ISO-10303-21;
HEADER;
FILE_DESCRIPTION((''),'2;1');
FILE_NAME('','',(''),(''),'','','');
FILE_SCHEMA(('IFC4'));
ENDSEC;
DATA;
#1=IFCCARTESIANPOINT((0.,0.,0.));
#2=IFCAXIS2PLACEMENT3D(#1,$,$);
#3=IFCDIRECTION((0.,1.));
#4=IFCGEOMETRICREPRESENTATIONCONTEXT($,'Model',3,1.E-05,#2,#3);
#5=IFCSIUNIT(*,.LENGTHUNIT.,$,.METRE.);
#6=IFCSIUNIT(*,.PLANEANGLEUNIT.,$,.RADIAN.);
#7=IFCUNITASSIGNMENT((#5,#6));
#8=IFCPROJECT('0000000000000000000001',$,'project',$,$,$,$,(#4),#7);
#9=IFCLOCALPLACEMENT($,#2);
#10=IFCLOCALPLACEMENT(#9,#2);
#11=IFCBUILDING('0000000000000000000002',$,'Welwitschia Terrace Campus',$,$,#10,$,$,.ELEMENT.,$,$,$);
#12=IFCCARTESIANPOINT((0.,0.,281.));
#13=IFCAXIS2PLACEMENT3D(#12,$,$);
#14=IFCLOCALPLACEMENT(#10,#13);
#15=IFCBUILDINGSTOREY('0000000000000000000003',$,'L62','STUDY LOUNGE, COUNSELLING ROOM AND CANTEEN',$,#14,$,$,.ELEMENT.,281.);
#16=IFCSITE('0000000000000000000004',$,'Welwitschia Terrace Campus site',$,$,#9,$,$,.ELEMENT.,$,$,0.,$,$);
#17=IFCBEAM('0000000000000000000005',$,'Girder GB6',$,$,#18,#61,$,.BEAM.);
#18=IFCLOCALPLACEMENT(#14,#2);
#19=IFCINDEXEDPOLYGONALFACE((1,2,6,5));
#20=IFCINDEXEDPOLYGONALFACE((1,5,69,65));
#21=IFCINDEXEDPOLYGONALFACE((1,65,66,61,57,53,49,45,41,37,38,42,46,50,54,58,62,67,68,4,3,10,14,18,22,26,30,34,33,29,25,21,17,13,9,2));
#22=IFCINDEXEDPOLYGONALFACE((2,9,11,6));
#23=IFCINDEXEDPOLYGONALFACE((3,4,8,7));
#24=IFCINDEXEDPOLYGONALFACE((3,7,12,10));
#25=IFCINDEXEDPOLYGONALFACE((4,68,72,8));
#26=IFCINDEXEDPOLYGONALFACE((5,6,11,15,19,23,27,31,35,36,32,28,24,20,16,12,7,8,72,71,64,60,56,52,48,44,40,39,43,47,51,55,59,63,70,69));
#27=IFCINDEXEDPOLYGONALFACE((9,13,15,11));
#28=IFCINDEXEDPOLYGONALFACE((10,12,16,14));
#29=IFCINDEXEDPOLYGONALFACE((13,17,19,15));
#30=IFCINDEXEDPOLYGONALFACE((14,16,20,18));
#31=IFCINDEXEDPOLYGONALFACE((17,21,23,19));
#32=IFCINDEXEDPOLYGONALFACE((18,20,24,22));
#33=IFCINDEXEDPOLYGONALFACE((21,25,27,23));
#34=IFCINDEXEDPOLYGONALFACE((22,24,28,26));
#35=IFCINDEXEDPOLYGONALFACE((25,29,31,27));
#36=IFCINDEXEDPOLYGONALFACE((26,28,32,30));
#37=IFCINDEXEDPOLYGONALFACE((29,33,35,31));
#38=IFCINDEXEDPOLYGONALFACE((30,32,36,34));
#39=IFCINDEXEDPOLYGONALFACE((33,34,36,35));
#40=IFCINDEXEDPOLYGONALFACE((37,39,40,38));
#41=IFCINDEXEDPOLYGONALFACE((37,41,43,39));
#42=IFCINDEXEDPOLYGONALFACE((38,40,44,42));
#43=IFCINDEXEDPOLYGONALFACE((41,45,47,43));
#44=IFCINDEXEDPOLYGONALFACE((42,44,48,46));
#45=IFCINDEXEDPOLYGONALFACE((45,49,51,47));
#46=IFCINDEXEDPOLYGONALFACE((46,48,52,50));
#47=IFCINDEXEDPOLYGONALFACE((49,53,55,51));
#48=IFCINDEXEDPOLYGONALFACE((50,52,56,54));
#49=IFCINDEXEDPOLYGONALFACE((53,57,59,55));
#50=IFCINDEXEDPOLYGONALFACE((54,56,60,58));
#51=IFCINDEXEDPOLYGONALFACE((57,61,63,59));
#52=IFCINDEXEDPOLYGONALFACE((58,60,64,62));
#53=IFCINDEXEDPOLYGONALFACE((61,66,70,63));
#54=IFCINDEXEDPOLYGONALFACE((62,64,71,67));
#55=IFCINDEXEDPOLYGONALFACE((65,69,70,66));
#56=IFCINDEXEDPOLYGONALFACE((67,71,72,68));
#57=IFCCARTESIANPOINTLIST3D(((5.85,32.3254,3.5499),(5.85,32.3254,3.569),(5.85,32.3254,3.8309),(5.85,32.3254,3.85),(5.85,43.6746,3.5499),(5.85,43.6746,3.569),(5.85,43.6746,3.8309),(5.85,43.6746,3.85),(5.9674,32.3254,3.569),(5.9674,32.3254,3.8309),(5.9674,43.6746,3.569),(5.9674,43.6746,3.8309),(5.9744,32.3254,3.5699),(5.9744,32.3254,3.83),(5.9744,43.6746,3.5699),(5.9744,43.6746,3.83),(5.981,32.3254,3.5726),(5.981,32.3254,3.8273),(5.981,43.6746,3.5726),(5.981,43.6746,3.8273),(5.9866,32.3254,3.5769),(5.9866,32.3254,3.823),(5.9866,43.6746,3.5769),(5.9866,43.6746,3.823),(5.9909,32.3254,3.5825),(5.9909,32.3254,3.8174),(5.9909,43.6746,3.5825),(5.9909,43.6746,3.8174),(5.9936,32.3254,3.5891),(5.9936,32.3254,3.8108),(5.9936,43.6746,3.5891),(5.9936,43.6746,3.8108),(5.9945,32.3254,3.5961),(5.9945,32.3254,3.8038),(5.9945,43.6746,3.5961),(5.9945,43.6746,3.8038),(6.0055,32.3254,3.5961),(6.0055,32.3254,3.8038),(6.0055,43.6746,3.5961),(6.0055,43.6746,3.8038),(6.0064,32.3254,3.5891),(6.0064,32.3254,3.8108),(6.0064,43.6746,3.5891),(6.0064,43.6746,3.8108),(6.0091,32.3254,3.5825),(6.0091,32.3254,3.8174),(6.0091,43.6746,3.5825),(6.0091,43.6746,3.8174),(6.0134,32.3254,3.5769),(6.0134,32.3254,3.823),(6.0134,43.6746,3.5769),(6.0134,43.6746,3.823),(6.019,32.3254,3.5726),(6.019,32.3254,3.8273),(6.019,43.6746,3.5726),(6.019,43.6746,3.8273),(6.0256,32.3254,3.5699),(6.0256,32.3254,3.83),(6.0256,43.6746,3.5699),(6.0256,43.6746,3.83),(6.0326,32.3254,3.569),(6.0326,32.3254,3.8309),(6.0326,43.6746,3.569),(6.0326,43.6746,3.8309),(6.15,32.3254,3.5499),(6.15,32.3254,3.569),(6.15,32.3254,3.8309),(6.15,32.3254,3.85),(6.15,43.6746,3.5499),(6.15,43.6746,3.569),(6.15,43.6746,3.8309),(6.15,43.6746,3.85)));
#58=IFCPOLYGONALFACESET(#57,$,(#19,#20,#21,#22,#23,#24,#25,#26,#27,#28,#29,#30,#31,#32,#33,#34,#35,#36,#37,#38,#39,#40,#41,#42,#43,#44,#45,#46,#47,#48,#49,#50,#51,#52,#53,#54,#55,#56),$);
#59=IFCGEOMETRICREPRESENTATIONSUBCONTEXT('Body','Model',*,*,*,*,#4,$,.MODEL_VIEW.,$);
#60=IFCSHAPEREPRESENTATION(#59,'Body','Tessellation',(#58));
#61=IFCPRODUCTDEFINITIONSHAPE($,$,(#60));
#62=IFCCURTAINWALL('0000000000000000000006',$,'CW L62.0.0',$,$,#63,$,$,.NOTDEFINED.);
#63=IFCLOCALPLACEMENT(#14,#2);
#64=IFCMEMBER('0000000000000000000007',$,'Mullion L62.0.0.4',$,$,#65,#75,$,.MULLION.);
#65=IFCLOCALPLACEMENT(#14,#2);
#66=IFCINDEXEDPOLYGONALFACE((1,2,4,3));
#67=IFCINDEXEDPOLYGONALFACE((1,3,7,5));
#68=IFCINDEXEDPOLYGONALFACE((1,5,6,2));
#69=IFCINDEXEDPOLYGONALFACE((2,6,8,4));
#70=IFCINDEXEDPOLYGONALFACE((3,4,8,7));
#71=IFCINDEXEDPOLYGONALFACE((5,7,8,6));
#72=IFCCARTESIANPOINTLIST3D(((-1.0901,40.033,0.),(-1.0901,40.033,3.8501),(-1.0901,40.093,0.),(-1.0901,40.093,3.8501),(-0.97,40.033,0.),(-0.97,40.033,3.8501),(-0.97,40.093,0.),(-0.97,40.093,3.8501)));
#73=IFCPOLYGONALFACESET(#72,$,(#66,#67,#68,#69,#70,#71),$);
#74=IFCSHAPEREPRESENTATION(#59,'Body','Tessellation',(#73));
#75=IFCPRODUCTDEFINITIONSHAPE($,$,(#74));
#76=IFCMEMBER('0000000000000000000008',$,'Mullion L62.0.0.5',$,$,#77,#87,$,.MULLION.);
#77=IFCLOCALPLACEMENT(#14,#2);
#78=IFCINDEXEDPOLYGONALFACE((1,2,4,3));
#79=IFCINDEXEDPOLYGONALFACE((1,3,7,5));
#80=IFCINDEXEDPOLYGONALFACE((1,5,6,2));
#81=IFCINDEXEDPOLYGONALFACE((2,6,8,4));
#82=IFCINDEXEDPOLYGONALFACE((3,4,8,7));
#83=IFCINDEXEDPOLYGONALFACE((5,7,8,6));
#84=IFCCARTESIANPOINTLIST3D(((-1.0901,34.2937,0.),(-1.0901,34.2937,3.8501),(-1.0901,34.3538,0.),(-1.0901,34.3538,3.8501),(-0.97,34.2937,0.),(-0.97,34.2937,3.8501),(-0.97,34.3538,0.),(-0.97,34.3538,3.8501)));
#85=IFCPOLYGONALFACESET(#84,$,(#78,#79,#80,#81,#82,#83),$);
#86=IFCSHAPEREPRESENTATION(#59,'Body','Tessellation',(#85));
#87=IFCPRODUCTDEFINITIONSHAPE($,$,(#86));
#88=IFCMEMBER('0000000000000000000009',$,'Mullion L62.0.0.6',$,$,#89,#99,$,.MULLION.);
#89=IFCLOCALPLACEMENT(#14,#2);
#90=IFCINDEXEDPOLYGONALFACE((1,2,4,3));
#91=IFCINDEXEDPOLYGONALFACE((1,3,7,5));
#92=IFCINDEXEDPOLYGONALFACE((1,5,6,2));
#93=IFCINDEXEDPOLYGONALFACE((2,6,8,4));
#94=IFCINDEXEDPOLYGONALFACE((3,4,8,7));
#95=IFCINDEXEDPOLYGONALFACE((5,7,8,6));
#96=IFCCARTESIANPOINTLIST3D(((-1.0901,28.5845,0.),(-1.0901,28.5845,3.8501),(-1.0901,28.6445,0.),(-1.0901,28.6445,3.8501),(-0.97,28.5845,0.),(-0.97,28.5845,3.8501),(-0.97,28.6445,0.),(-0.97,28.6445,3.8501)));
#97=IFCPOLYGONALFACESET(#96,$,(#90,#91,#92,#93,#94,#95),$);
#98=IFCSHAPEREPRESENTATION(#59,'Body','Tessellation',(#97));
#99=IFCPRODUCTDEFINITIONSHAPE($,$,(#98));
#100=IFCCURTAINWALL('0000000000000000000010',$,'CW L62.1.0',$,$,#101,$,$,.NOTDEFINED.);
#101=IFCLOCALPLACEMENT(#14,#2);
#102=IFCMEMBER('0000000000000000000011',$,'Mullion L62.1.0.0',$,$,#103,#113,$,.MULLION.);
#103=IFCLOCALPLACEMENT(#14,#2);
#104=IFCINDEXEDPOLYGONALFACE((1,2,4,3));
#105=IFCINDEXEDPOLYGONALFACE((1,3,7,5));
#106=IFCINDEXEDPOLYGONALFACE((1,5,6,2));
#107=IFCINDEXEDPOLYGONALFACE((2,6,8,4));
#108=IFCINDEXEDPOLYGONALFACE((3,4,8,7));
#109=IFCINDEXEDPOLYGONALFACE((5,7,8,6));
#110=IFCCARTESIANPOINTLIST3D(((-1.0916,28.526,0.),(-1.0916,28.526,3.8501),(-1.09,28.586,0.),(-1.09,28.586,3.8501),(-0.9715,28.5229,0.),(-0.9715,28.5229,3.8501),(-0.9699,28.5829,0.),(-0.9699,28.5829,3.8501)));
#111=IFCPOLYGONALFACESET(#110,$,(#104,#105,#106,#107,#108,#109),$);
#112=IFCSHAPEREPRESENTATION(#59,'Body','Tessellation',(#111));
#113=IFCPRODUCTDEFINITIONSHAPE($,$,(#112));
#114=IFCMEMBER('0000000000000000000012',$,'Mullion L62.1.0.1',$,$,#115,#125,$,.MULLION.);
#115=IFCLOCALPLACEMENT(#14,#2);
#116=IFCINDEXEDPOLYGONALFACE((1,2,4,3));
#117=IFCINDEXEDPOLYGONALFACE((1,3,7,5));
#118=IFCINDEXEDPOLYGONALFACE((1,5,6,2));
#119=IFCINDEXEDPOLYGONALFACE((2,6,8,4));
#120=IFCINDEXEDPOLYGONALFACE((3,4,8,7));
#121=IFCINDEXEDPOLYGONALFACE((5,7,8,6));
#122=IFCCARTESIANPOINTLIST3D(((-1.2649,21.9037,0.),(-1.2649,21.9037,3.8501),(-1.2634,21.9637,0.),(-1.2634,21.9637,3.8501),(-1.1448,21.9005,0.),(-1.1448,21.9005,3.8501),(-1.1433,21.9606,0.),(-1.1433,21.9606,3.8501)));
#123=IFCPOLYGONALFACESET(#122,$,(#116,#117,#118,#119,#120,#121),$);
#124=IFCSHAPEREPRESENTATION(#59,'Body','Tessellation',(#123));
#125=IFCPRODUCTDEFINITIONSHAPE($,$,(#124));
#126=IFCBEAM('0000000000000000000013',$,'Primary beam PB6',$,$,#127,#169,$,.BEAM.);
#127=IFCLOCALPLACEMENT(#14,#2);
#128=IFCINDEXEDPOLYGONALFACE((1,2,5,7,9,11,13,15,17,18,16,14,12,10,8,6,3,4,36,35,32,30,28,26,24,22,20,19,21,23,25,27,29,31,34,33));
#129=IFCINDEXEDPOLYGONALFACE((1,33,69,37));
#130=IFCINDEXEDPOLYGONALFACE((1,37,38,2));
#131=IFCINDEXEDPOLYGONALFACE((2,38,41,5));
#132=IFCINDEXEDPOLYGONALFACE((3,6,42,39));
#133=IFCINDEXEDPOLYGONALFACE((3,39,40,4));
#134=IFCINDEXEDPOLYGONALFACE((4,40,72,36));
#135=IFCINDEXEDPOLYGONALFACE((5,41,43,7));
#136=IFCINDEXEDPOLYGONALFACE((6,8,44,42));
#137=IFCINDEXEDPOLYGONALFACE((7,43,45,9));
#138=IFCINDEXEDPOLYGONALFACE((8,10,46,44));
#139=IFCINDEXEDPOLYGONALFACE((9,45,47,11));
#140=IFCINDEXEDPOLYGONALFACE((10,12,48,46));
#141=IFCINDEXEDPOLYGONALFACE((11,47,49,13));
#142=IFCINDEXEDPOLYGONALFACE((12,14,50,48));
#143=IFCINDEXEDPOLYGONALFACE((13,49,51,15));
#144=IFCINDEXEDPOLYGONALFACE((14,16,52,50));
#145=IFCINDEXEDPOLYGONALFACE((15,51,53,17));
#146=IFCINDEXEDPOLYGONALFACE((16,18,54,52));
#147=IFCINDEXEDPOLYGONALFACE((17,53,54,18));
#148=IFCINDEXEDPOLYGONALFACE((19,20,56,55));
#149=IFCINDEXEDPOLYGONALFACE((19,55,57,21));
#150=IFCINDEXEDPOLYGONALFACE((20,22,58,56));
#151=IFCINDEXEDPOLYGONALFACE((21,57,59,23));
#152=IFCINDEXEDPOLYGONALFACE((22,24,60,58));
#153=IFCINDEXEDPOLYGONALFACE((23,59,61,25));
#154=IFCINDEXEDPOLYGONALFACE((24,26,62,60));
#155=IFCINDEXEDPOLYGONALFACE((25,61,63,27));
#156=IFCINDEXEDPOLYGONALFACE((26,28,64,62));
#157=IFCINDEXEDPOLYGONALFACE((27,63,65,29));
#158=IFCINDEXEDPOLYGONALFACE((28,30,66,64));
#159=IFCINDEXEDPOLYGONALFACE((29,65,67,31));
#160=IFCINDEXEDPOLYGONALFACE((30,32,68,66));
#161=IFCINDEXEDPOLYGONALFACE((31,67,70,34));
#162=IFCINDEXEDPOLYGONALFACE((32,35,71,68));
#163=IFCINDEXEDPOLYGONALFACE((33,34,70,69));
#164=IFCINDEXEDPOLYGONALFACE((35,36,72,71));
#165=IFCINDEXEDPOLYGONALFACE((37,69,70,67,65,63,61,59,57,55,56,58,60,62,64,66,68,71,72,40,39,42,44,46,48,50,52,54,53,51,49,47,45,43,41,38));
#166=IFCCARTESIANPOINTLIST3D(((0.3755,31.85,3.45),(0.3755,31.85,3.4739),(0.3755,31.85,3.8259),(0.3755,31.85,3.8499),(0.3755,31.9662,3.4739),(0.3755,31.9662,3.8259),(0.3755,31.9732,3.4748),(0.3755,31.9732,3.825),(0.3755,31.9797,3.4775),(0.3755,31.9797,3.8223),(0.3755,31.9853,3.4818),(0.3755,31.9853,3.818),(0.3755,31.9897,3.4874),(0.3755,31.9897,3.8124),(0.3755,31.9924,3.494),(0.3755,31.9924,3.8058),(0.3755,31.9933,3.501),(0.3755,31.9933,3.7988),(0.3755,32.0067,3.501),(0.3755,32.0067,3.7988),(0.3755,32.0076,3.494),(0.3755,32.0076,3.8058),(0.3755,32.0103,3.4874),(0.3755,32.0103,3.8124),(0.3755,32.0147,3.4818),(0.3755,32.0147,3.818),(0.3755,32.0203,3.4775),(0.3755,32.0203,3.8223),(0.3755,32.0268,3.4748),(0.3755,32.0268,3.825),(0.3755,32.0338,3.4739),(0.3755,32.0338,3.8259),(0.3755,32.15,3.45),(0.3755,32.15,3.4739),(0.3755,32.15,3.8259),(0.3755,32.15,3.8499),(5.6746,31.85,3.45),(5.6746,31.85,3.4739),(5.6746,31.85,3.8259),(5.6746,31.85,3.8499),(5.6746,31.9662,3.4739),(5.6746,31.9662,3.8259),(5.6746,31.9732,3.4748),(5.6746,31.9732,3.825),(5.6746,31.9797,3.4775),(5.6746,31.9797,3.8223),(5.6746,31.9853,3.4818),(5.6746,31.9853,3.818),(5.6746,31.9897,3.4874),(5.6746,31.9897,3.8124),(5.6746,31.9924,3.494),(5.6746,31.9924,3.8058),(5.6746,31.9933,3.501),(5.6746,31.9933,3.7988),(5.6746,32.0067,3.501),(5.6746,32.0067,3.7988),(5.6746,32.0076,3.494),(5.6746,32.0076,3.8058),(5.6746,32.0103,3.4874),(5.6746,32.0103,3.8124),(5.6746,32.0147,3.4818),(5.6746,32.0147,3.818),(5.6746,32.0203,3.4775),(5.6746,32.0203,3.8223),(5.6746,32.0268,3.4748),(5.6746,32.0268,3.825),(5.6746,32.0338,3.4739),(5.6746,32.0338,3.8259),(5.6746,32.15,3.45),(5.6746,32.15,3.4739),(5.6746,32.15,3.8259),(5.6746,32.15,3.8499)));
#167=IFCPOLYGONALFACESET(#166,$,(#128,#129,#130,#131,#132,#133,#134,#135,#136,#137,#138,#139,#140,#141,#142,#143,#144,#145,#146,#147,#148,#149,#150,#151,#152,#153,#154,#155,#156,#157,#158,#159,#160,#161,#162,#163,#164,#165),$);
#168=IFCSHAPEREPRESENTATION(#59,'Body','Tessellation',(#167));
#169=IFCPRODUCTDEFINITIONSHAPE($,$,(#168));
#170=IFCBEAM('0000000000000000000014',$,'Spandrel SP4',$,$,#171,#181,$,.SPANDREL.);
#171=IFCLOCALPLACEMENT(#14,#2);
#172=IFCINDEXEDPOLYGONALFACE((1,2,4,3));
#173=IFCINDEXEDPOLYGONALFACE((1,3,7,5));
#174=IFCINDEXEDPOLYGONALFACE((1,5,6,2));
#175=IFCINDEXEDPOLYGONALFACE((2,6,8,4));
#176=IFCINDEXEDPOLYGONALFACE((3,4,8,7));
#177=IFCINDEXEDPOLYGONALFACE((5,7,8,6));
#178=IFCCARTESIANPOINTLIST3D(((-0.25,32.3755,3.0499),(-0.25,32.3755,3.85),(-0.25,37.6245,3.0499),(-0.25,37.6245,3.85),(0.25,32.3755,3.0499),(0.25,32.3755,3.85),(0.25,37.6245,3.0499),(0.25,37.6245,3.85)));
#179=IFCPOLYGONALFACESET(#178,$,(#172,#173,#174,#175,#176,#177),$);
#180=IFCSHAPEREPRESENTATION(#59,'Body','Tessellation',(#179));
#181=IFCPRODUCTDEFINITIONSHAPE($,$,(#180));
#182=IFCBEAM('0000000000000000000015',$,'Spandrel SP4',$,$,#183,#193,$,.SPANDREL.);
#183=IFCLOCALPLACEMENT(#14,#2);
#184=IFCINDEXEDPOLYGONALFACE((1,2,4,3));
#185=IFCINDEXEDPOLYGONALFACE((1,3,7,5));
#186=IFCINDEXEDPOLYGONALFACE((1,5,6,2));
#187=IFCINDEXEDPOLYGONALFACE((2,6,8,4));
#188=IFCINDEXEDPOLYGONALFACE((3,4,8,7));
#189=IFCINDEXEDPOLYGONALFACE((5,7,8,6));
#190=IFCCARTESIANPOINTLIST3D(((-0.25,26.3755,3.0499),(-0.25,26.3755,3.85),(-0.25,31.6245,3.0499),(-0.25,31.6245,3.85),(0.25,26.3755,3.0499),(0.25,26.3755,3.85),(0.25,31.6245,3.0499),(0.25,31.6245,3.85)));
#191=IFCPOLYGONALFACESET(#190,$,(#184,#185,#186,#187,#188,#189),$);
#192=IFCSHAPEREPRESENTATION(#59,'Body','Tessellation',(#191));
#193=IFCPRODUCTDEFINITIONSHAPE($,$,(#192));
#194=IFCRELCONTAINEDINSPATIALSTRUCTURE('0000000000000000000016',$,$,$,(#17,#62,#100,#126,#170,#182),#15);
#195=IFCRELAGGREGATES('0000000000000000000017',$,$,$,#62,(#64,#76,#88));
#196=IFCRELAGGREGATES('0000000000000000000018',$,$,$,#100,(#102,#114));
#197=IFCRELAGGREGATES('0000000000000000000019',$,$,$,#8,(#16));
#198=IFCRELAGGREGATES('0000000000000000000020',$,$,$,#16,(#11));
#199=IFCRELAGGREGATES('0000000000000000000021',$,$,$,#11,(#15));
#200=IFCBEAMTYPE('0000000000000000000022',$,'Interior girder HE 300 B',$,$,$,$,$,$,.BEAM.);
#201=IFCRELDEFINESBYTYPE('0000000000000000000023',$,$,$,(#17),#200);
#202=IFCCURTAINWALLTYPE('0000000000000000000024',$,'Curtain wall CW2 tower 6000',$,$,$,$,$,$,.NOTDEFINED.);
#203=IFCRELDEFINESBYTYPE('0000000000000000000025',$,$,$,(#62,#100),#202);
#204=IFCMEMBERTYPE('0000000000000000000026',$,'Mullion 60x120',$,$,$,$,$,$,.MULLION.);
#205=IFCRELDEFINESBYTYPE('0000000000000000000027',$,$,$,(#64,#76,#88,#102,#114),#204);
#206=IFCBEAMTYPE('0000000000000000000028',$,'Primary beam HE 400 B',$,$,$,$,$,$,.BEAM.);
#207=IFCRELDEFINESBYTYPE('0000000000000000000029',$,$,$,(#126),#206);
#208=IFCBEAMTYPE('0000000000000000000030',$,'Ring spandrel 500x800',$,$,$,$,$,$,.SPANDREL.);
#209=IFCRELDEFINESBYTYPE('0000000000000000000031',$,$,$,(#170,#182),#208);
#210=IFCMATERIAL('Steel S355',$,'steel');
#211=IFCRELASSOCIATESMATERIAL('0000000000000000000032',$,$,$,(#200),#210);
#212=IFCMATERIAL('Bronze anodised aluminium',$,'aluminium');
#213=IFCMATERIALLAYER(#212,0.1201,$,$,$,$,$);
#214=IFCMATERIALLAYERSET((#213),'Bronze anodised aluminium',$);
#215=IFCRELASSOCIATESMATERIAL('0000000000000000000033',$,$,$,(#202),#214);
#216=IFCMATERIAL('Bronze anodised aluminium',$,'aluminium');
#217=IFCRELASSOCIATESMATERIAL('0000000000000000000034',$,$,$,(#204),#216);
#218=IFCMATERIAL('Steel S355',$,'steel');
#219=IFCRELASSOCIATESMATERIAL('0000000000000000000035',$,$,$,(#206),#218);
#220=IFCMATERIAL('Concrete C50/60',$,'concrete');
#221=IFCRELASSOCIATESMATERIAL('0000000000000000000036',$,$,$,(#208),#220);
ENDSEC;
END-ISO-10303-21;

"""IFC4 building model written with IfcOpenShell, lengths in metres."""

from ifc_helpers import new_model, si_unit, direction, frame, origin, origin_2d, place, context, subcontext, project, spatial, rectangle, i_section, extrude, material, layer, layer_set, material_profile, profile_set, type_object, element, aggregate, save


model = new_model("IFC4")

# Units and contexts
model_context = context("Model", 3, precision=1e-05, world=origin(), true_north=direction((0.0, 1.0)))
body_context = subcontext(model_context, "Body", "Model", "MODEL_VIEW")
ifc_project = project(units=[si_unit("LENGTHUNIT", "METRE"), si_unit("PLANEANGLEUNIT", "RADIAN")], contexts=[model_context])

# Site, building, storey
site_placement = place(None, origin())
site = spatial("IfcSite", under=ifc_project, at=site_placement, Name="Welwitschia Terrace Campus site", CompositionType="ELEMENT", RefElevation=0.0)
building_placement = place(site_placement, origin())
building = spatial("IfcBuilding", under=site, at=building_placement, Name="Welwitschia Terrace Campus", CompositionType="ELEMENT")
storey_placement = place(building_placement, frame((0.0, 0.0, 281.0)))
storey = spatial("IfcBuildingStorey", under=building, at=storey_placement, Name="L62", Description="STUDY LOUNGE, COUNSELLING ROOM AND CANTEEN", CompositionType="ELEMENT", Elevation=281.0)

# Beam
ifc_material_1 = material(Name="Steel S355", Category="steel")
ifc_material_profile_1 = material_profile(ifc_material_1, i_section(OverallWidth=0.3, OverallDepth=0.3, WebThickness=0.011, FlangeThickness=0.019, FilletRadius=0.0271, at=origin_2d()))
ifc_profile_set_1 = profile_set([ifc_material_profile_1], Name="Steel S355")
beam_type_1 = type_object("IfcBeamType", Name="Interior girder HE 300 B", PredefinedType="BEAM", material=ifc_profile_set_1)
beam_1_placement = place(storey_placement, frame((6.0, 32.3254, 3.7), z_axis=(0.0, 1.0, 0.0), x_axis=(-1.0, 0.0, 0.0)))
element("IfcBeam", 1, at=beam_1_placement, inside=storey, type_object=beam_type_1, Name="Girder GB6", PredefinedType="BEAM", context=body_context, shape_type="SweptSolid", body=[
    extrude(i_section(OverallWidth=0.3, OverallDepth=0.3, WebThickness=0.011, FlangeThickness=0.019, FilletRadius=0.0271, at=origin_2d()), origin(), (0.0, 0.0, 1.0), 11.3491),
])

# Curtain walls, members
ifc_material_2 = material(Name="Bronze anodised aluminium", Category="aluminium")
ifc_layer_1 = layer(ifc_material_2, 0.1201)
ifc_layer_set_1 = layer_set([ifc_layer_1], Name="Bronze anodised aluminium")
curtain_wall_type = type_object("IfcCurtainWallType", Name="Curtain wall CW2 tower 6000", PredefinedType="NOTDEFINED", material=ifc_layer_set_1)
curtain_wall_1_placement = place(storey_placement, origin())
curtain_wall_1 = element("IfcCurtainWall", 2, at=curtain_wall_1_placement, inside=storey, type_object=curtain_wall_type, Name="CW L62.0.0", PredefinedType="NOTDEFINED")
ifc_material_3 = material(Name="Bronze anodised aluminium", Category="aluminium")
ifc_material_profile_2 = material_profile(ifc_material_3, rectangle(XDim=0.1201, YDim=0.0601, at=origin_2d()))
ifc_profile_set_2 = profile_set([ifc_material_profile_2], Name="Bronze anodised aluminium")
member_type_1 = type_object("IfcMemberType", Name="Mullion 60x120", PredefinedType="MULLION", material=ifc_profile_set_2)
member_1_placement = place(storey_placement, frame((-1.03, 40.063, 0.0), z_axis=(0.0, 0.0, 1.0), x_axis=(1.0, 0.0, 0.0)))
member_1 = element("IfcMember", 3, at=member_1_placement, type_object=member_type_1, Name="Mullion L62.0.0.4", PredefinedType="MULLION", context=body_context, shape_type="SweptSolid", body=[
    extrude(rectangle(XDim=0.1201, YDim=0.0601, at=origin_2d()), origin(), (0.0, 0.0, 1.0), 3.8501),
])
member_2_placement = place(storey_placement, frame((-1.03, 34.3237, 0.0), z_axis=(0.0, 0.0, 1.0), x_axis=(1.0, 0.0, 0.0)))
member_2 = element("IfcMember", 4, at=member_2_placement, type_object=member_type_1, Name="Mullion L62.0.0.5", PredefinedType="MULLION", context=body_context, shape_type="SweptSolid", body=[
    extrude(rectangle(XDim=0.1201, YDim=0.0601, at=origin_2d()), origin(), (0.0, 0.0, 1.0), 3.8501),
])
member_3_placement = place(storey_placement, frame((-1.03, 28.6145, 0.0), z_axis=(0.0, 0.0, 1.0), x_axis=(1.0, 0.0, 0.0)))
member_3 = element("IfcMember", 5, at=member_3_placement, type_object=member_type_1, Name="Mullion L62.0.0.6", PredefinedType="MULLION", context=body_context, shape_type="SweptSolid", body=[
    extrude(rectangle(XDim=0.1201, YDim=0.0601, at=origin_2d()), origin(), (0.0, 0.0, 1.0), 3.8501),
])
curtain_wall_2_placement = place(storey_placement, origin())
curtain_wall_2 = element("IfcCurtainWall", 6, at=curtain_wall_2_placement, inside=storey, type_object=curtain_wall_type, Name="CW L62.1.0", PredefinedType="NOTDEFINED")
member_4_placement = place(storey_placement, frame((-1.0308, 28.5544, 0.0), z_axis=(0.0, 0.0, 1.0), x_axis=(0.999657, -0.026177, 0.0)))
member_4 = element("IfcMember", 7, at=member_4_placement, type_object=member_type_1, Name="Mullion L62.1.0.0", PredefinedType="MULLION", context=body_context, shape_type="SweptSolid", body=[
    extrude(rectangle(XDim=0.1201, YDim=0.0601, at=origin_2d()), origin(), (0.0, 0.0, 1.0), 3.8501),
])
member_5_placement = place(storey_placement, frame((-1.2041, 21.9321, 0.0), z_axis=(0.0, 0.0, 1.0), x_axis=(0.999657, -0.026177, 0.0)))
member_5 = element("IfcMember", 8, at=member_5_placement, type_object=member_type_1, Name="Mullion L62.1.0.1", PredefinedType="MULLION", context=body_context, shape_type="SweptSolid", body=[
    extrude(rectangle(XDim=0.1201, YDim=0.0601, at=origin_2d()), origin(), (0.0, 0.0, 1.0), 3.8501),
])

# Beams
ifc_material_4 = material(Name="Steel S355", Category="steel")
ifc_material_profile_3 = material_profile(ifc_material_4, i_section(OverallWidth=0.3, OverallDepth=0.3999, WebThickness=0.0134, FlangeThickness=0.0239, FilletRadius=0.0271, at=origin_2d()))
ifc_profile_set_3 = profile_set([ifc_material_profile_3], Name="Steel S355")
beam_type_2 = type_object("IfcBeamType", Name="Primary beam HE 400 B", PredefinedType="BEAM", material=ifc_profile_set_3)
beam_2_placement = place(storey_placement, frame((0.3755, 32.0, 3.6499), z_axis=(1.0, 0.0, 0.0), x_axis=(0.0, 1.0, 0.0)))
element("IfcBeam", 9, at=beam_2_placement, inside=storey, type_object=beam_type_2, Name="Primary beam PB6", PredefinedType="BEAM", context=body_context, shape_type="SweptSolid", body=[
    extrude(i_section(OverallWidth=0.3, OverallDepth=0.3999, WebThickness=0.0134, FlangeThickness=0.0239, FilletRadius=0.0271, at=origin_2d()), origin(), (0.0, 0.0, 1.0), 5.2991),
])
ifc_material_5 = material(Name="Concrete C50/60", Category="concrete")
ifc_material_profile_4 = material_profile(ifc_material_5, rectangle(XDim=0.5, YDim=0.8, at=origin_2d()))
ifc_profile_set_4 = profile_set([ifc_material_profile_4], Name="Concrete C50/60")
beam_type_3 = type_object("IfcBeamType", Name="Ring spandrel 500x800", PredefinedType="SPANDREL", material=ifc_profile_set_4)
for number, where, z_axis, x_axis, name in (
    (10, (0.0, 37.6245, 3.45), (0.0, -1.0, 0.0), (1.0, 0.0, 0.0), "Spandrel SP4"),
    (11, (0.0, 31.6245, 3.45), (0.0, -1.0, 0.0), (1.0, 0.0, 0.0), "Spandrel SP4"),
):
    element("IfcBeam", number, at=place(storey_placement, frame(where, z_axis=z_axis, x_axis=x_axis)), inside=storey, type_object=beam_type_3, Name=name, PredefinedType="SPANDREL", context=body_context, shape_type="SweptSolid", body=[
        extrude(rectangle(XDim=0.5, YDim=0.8, at=origin_2d()), origin(), (0.0, 0.0, 1.0), 5.249),
    ])

aggregate(curtain_wall_1, [member_1, member_2, member_3])
aggregate(curtain_wall_2, [member_4, member_5])

save(model, "model.ifc")
